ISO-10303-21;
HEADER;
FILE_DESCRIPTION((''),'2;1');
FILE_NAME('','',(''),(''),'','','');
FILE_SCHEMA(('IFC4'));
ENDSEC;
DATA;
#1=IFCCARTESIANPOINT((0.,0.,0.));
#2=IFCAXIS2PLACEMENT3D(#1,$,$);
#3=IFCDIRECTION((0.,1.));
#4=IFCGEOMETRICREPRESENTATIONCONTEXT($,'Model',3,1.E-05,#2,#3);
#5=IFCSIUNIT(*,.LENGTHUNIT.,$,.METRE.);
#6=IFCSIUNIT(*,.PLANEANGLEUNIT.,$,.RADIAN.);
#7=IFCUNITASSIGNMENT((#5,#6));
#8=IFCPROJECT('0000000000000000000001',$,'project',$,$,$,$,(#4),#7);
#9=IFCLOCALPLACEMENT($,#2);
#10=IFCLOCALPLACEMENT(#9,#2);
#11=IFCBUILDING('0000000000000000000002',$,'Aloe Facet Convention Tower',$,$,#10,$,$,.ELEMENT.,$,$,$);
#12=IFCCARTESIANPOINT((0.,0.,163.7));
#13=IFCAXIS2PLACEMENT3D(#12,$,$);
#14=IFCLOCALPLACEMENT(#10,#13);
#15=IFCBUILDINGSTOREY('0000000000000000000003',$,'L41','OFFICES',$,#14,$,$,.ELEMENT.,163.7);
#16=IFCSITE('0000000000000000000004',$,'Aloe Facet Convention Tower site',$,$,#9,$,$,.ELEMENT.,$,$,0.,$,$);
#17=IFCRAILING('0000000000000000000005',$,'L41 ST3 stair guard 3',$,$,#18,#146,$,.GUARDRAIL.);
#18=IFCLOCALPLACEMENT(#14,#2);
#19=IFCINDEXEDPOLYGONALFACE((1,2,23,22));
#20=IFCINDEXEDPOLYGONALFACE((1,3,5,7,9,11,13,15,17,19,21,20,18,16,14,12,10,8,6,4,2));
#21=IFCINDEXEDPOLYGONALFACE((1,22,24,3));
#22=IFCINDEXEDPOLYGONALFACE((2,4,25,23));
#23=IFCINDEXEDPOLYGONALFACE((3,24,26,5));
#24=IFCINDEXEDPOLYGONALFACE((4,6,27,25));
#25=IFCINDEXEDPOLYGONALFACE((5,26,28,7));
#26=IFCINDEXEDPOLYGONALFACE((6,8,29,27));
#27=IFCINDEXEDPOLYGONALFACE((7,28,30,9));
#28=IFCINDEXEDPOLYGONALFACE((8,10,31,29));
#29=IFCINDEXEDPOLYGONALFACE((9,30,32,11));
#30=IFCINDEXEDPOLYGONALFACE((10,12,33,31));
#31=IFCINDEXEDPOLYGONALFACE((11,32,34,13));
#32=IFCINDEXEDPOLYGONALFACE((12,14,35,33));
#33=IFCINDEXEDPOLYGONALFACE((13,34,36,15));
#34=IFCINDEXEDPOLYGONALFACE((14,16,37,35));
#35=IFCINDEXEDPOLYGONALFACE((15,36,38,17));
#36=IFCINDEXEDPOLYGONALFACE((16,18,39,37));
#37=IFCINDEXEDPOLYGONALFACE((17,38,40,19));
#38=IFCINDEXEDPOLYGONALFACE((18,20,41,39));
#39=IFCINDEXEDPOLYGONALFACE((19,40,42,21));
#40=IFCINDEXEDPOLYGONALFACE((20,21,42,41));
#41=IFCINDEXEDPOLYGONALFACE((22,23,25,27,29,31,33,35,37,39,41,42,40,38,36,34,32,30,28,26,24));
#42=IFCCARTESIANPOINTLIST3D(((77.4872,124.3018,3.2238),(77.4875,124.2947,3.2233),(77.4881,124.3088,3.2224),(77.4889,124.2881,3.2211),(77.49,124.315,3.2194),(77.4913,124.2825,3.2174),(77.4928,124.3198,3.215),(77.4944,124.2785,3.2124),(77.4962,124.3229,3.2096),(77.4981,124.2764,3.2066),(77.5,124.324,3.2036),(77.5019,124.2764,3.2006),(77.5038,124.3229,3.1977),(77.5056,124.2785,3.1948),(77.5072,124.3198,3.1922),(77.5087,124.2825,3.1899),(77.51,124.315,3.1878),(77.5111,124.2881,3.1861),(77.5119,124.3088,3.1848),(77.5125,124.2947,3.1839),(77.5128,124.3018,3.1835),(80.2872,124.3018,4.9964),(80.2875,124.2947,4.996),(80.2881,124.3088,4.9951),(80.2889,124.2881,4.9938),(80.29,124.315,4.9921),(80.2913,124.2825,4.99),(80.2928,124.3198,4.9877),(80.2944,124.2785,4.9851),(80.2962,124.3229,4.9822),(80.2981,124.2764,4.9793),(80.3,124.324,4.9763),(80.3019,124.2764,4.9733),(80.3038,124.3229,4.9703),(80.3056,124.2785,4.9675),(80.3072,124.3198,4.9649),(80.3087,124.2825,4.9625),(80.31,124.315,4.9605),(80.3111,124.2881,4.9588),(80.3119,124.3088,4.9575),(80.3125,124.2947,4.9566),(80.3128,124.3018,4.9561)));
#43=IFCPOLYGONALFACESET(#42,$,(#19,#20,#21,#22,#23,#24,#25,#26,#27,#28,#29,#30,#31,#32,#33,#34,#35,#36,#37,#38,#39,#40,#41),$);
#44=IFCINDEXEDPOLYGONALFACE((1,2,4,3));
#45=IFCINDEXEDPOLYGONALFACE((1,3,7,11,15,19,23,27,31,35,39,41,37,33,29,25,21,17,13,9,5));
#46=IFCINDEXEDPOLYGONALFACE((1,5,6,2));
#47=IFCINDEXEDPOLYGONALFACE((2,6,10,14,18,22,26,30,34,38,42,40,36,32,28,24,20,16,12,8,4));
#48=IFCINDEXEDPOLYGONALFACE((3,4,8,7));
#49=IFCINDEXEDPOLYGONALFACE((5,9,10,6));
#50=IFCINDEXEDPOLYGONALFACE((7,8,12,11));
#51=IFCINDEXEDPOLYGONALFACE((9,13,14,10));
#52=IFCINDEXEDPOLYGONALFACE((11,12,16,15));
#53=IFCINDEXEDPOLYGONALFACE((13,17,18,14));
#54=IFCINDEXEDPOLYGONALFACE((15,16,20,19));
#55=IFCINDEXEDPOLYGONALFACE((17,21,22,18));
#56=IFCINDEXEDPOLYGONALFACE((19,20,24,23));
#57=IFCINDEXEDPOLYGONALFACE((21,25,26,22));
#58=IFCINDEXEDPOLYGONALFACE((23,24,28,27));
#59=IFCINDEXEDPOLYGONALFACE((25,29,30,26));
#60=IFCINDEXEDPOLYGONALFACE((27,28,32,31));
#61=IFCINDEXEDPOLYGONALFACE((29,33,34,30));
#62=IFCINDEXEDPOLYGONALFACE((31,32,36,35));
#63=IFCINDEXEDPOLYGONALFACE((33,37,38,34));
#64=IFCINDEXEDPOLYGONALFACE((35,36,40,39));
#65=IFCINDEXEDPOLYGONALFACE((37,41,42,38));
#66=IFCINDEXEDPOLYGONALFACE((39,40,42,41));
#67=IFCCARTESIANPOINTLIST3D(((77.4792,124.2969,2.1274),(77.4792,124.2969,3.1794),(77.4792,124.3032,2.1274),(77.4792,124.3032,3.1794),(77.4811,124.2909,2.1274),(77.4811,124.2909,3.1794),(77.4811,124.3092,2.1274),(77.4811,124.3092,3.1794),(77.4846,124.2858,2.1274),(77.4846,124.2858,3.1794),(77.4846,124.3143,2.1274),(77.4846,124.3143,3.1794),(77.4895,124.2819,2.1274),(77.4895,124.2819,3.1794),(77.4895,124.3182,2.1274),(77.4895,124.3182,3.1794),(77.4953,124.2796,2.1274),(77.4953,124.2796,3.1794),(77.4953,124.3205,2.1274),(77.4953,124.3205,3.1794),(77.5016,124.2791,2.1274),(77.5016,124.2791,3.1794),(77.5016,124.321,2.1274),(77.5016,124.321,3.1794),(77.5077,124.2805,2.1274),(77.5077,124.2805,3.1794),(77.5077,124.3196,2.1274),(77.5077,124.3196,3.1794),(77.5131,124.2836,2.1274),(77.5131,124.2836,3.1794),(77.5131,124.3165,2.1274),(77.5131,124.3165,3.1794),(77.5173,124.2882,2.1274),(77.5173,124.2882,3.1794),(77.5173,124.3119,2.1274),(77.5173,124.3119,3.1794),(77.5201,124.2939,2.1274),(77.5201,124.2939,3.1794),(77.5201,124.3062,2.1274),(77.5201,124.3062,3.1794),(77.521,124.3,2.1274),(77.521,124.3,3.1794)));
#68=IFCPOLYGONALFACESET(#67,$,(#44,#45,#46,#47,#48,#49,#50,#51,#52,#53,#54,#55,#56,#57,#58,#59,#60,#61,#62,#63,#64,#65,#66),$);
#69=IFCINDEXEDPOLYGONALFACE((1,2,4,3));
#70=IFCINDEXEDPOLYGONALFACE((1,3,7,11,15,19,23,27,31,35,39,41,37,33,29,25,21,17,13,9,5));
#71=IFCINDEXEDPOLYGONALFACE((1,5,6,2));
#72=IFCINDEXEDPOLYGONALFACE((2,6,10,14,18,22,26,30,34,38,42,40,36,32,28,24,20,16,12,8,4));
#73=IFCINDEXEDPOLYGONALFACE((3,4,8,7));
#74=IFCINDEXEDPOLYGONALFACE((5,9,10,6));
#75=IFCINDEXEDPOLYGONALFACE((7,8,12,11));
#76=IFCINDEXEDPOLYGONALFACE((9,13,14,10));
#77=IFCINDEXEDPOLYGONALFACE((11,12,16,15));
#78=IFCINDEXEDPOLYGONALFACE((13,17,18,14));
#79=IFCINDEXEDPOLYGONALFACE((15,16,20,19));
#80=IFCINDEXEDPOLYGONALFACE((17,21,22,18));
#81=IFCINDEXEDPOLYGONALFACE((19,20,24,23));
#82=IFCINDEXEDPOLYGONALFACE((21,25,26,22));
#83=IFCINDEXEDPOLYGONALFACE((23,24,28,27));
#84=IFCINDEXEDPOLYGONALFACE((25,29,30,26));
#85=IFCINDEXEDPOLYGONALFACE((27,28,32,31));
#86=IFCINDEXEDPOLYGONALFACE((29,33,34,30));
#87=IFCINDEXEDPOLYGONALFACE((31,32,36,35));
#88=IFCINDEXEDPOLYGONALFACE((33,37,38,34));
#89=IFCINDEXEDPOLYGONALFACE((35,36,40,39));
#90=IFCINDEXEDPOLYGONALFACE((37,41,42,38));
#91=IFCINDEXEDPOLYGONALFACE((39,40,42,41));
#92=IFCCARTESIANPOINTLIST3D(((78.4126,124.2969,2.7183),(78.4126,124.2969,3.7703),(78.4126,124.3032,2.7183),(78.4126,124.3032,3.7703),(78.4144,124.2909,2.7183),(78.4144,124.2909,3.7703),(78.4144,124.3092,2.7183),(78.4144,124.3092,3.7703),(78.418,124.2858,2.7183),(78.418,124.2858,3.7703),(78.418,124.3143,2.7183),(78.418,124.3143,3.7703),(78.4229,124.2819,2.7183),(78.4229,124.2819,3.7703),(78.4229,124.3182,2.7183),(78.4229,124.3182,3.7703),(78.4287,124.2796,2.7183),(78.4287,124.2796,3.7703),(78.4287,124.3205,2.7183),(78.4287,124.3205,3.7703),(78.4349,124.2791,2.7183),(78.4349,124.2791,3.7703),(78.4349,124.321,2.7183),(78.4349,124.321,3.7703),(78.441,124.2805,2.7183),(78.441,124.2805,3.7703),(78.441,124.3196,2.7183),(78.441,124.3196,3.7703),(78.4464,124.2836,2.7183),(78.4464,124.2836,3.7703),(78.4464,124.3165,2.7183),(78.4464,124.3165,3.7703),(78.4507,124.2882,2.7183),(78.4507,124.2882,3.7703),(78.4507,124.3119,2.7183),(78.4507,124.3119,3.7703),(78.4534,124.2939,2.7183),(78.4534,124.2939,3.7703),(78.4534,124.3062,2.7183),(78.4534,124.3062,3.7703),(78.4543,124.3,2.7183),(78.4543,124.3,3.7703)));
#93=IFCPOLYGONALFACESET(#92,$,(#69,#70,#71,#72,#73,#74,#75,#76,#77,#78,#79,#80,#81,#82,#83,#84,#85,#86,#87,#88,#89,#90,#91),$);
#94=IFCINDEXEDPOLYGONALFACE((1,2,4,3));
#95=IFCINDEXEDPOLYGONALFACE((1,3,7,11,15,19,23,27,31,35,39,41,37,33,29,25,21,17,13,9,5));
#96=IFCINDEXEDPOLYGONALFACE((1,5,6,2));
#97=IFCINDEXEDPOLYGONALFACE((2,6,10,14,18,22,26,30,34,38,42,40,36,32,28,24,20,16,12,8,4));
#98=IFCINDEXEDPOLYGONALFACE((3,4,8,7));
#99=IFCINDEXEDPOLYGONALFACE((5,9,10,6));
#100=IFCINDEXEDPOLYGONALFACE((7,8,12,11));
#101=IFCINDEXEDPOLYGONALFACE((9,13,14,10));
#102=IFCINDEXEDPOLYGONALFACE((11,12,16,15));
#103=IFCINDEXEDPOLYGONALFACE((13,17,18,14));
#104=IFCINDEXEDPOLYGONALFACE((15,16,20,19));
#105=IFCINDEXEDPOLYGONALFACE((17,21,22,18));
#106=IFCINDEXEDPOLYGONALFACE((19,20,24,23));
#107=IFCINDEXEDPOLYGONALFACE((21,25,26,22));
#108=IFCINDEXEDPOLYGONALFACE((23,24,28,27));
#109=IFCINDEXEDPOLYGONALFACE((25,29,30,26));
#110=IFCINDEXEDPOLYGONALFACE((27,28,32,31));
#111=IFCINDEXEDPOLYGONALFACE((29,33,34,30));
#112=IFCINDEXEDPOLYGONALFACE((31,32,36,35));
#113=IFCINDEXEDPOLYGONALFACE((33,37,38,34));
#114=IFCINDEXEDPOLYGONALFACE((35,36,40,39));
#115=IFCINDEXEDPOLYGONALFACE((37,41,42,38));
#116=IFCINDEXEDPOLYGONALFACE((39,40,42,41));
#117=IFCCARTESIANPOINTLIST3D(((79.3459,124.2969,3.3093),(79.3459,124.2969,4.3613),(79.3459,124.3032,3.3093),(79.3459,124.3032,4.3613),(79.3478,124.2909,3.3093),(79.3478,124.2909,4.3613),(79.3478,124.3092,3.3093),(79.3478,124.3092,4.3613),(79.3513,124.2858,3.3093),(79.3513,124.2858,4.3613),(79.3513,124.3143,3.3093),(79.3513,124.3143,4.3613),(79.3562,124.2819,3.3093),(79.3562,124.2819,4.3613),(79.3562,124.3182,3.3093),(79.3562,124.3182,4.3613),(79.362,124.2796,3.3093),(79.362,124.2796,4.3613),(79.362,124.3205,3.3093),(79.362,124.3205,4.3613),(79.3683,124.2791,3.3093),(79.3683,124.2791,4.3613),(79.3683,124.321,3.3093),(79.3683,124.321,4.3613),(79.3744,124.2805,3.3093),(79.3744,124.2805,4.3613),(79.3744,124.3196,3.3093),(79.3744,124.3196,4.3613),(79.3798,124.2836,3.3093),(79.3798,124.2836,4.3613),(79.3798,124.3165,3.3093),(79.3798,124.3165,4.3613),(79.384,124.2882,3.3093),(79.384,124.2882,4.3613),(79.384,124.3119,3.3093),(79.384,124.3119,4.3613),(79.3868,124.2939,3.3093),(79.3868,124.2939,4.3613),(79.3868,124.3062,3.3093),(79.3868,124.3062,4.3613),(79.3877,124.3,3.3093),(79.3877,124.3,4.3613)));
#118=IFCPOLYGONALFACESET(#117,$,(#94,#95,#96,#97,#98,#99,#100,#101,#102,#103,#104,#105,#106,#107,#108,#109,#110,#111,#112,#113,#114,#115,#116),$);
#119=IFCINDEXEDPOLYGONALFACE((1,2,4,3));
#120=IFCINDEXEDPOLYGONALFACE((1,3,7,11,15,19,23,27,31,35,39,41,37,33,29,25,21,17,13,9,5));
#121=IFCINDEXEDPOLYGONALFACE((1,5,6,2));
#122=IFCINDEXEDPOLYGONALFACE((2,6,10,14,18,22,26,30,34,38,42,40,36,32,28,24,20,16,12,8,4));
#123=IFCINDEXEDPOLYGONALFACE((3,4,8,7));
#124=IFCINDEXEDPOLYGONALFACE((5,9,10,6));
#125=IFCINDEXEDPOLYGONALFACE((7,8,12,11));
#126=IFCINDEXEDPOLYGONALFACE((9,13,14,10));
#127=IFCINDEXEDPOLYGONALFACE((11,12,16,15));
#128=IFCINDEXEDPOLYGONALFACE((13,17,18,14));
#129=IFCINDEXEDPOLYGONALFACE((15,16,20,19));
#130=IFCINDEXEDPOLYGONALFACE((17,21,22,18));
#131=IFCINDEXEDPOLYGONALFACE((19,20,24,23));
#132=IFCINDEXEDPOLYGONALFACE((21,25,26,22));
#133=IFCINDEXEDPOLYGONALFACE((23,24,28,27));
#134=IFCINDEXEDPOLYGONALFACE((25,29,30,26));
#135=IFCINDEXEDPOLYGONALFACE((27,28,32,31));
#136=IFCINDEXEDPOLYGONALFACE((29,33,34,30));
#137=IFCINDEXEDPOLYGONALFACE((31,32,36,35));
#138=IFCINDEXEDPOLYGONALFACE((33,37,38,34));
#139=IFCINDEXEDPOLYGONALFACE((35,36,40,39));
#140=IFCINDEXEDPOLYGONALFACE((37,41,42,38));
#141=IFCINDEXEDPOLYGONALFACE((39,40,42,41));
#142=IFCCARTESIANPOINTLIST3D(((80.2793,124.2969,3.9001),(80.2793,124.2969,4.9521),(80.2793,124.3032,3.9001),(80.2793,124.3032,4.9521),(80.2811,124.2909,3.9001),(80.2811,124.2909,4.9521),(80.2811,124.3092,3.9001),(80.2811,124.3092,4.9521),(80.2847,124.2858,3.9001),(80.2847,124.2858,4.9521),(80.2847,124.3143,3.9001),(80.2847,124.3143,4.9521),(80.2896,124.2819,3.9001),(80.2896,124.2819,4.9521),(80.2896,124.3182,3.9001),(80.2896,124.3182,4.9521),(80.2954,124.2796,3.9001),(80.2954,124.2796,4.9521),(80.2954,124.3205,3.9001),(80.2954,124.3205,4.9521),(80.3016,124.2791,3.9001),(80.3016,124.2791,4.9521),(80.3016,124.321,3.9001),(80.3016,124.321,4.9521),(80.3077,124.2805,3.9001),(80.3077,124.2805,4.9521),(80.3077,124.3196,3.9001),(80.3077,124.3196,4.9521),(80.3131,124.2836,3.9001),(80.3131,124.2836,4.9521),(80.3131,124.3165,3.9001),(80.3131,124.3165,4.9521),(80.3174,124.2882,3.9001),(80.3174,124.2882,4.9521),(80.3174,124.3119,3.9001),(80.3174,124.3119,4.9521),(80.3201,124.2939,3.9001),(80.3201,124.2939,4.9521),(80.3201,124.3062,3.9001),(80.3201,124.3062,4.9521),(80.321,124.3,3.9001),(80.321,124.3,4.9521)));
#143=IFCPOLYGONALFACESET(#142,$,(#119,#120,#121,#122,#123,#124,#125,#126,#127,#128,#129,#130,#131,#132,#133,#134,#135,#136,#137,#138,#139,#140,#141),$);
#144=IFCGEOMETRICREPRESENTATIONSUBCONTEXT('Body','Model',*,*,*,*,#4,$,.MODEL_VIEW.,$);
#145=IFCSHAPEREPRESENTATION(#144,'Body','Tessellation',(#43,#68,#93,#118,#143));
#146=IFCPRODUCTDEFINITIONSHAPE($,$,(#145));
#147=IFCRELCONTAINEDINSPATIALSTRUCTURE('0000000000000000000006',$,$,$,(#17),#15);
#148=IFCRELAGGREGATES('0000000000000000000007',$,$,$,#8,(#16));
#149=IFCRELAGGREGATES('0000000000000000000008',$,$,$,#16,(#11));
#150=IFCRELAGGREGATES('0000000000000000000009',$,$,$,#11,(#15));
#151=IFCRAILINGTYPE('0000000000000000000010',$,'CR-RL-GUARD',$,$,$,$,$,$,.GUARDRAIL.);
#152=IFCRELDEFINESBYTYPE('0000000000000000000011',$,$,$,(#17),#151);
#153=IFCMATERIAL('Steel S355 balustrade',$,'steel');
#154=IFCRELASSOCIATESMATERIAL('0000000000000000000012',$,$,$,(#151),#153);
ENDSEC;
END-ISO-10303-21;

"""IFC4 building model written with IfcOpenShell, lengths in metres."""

from ifc_helpers import new_model, si_unit, direction, frame, origin, origin_2d, place, context, subcontext, project, spatial, circle, extrude, material, type_object, element, save


model = new_model("IFC4")

# Units and contexts
model_context = context("Model", 3, precision=1e-05, world=origin(), true_north=direction((0.0, 1.0)))
body_context = subcontext(model_context, "Body", "Model", "MODEL_VIEW")
ifc_project = project(units=[si_unit("LENGTHUNIT", "METRE"), si_unit("PLANEANGLEUNIT", "RADIAN")], contexts=[model_context])

# Site, building, storey
site_placement = place(None, origin())
site = spatial("IfcSite", under=ifc_project, at=site_placement, Name="Aloe Facet Convention Tower site", CompositionType="ELEMENT", RefElevation=0.0)
building_placement = place(site_placement, origin())
building = spatial("IfcBuilding", under=site, at=building_placement, Name="Aloe Facet Convention Tower", CompositionType="ELEMENT")
storey_placement = place(building_placement, frame((0.0, 0.0, 163.7)))
storey = spatial("IfcBuildingStorey", under=building, at=storey_placement, Name="L41", Description="OFFICES", CompositionType="ELEMENT", Elevation=163.7)

# Railing
ifc_material_1 = material(Name="Steel S355 balustrade", Category="steel")
railing_type_1 = type_object("IfcRailingType", Name="CR-RL-GUARD", PredefinedType="GUARDRAIL", material=ifc_material_1)
railing_1_placement = place(storey_placement, frame((77.5, 124.3, 2.1274)))
element("IfcRailing", 1, at=railing_1_placement, inside=storey, type_object=railing_type_1, Name="L41 ST3 stair guard 3", PredefinedType="GUARDRAIL", context=body_context, shape_type="SweptSolid", body=[
    extrude(circle(Radius=0.0239, at=origin_2d()), frame((0.0, 0.0, 1.0762), z_axis=(0.844909, 0.0, 0.53491), x_axis=(0.0, 1.0, 0.0)), (0.0, 0.0, 1.0), 3.314),
    extrude(circle(Radius=0.021, at=origin_2d()), origin(), (0.0, 0.0, 1.0), 1.052),
    extrude(circle(Radius=0.021, at=origin_2d()), frame((0.9333, 0.0, 0.5908)), (0.0, 0.0, 1.0), 1.052),
    extrude(circle(Radius=0.021, at=origin_2d()), frame((1.8667, 0.0, 1.1819)), (0.0, 0.0, 1.0), 1.052),
    extrude(circle(Radius=0.021, at=origin_2d()), frame((2.8, 0.0, 1.7727)), (0.0, 0.0, 1.0), 1.052),
])

save(model, "model.ifc")
